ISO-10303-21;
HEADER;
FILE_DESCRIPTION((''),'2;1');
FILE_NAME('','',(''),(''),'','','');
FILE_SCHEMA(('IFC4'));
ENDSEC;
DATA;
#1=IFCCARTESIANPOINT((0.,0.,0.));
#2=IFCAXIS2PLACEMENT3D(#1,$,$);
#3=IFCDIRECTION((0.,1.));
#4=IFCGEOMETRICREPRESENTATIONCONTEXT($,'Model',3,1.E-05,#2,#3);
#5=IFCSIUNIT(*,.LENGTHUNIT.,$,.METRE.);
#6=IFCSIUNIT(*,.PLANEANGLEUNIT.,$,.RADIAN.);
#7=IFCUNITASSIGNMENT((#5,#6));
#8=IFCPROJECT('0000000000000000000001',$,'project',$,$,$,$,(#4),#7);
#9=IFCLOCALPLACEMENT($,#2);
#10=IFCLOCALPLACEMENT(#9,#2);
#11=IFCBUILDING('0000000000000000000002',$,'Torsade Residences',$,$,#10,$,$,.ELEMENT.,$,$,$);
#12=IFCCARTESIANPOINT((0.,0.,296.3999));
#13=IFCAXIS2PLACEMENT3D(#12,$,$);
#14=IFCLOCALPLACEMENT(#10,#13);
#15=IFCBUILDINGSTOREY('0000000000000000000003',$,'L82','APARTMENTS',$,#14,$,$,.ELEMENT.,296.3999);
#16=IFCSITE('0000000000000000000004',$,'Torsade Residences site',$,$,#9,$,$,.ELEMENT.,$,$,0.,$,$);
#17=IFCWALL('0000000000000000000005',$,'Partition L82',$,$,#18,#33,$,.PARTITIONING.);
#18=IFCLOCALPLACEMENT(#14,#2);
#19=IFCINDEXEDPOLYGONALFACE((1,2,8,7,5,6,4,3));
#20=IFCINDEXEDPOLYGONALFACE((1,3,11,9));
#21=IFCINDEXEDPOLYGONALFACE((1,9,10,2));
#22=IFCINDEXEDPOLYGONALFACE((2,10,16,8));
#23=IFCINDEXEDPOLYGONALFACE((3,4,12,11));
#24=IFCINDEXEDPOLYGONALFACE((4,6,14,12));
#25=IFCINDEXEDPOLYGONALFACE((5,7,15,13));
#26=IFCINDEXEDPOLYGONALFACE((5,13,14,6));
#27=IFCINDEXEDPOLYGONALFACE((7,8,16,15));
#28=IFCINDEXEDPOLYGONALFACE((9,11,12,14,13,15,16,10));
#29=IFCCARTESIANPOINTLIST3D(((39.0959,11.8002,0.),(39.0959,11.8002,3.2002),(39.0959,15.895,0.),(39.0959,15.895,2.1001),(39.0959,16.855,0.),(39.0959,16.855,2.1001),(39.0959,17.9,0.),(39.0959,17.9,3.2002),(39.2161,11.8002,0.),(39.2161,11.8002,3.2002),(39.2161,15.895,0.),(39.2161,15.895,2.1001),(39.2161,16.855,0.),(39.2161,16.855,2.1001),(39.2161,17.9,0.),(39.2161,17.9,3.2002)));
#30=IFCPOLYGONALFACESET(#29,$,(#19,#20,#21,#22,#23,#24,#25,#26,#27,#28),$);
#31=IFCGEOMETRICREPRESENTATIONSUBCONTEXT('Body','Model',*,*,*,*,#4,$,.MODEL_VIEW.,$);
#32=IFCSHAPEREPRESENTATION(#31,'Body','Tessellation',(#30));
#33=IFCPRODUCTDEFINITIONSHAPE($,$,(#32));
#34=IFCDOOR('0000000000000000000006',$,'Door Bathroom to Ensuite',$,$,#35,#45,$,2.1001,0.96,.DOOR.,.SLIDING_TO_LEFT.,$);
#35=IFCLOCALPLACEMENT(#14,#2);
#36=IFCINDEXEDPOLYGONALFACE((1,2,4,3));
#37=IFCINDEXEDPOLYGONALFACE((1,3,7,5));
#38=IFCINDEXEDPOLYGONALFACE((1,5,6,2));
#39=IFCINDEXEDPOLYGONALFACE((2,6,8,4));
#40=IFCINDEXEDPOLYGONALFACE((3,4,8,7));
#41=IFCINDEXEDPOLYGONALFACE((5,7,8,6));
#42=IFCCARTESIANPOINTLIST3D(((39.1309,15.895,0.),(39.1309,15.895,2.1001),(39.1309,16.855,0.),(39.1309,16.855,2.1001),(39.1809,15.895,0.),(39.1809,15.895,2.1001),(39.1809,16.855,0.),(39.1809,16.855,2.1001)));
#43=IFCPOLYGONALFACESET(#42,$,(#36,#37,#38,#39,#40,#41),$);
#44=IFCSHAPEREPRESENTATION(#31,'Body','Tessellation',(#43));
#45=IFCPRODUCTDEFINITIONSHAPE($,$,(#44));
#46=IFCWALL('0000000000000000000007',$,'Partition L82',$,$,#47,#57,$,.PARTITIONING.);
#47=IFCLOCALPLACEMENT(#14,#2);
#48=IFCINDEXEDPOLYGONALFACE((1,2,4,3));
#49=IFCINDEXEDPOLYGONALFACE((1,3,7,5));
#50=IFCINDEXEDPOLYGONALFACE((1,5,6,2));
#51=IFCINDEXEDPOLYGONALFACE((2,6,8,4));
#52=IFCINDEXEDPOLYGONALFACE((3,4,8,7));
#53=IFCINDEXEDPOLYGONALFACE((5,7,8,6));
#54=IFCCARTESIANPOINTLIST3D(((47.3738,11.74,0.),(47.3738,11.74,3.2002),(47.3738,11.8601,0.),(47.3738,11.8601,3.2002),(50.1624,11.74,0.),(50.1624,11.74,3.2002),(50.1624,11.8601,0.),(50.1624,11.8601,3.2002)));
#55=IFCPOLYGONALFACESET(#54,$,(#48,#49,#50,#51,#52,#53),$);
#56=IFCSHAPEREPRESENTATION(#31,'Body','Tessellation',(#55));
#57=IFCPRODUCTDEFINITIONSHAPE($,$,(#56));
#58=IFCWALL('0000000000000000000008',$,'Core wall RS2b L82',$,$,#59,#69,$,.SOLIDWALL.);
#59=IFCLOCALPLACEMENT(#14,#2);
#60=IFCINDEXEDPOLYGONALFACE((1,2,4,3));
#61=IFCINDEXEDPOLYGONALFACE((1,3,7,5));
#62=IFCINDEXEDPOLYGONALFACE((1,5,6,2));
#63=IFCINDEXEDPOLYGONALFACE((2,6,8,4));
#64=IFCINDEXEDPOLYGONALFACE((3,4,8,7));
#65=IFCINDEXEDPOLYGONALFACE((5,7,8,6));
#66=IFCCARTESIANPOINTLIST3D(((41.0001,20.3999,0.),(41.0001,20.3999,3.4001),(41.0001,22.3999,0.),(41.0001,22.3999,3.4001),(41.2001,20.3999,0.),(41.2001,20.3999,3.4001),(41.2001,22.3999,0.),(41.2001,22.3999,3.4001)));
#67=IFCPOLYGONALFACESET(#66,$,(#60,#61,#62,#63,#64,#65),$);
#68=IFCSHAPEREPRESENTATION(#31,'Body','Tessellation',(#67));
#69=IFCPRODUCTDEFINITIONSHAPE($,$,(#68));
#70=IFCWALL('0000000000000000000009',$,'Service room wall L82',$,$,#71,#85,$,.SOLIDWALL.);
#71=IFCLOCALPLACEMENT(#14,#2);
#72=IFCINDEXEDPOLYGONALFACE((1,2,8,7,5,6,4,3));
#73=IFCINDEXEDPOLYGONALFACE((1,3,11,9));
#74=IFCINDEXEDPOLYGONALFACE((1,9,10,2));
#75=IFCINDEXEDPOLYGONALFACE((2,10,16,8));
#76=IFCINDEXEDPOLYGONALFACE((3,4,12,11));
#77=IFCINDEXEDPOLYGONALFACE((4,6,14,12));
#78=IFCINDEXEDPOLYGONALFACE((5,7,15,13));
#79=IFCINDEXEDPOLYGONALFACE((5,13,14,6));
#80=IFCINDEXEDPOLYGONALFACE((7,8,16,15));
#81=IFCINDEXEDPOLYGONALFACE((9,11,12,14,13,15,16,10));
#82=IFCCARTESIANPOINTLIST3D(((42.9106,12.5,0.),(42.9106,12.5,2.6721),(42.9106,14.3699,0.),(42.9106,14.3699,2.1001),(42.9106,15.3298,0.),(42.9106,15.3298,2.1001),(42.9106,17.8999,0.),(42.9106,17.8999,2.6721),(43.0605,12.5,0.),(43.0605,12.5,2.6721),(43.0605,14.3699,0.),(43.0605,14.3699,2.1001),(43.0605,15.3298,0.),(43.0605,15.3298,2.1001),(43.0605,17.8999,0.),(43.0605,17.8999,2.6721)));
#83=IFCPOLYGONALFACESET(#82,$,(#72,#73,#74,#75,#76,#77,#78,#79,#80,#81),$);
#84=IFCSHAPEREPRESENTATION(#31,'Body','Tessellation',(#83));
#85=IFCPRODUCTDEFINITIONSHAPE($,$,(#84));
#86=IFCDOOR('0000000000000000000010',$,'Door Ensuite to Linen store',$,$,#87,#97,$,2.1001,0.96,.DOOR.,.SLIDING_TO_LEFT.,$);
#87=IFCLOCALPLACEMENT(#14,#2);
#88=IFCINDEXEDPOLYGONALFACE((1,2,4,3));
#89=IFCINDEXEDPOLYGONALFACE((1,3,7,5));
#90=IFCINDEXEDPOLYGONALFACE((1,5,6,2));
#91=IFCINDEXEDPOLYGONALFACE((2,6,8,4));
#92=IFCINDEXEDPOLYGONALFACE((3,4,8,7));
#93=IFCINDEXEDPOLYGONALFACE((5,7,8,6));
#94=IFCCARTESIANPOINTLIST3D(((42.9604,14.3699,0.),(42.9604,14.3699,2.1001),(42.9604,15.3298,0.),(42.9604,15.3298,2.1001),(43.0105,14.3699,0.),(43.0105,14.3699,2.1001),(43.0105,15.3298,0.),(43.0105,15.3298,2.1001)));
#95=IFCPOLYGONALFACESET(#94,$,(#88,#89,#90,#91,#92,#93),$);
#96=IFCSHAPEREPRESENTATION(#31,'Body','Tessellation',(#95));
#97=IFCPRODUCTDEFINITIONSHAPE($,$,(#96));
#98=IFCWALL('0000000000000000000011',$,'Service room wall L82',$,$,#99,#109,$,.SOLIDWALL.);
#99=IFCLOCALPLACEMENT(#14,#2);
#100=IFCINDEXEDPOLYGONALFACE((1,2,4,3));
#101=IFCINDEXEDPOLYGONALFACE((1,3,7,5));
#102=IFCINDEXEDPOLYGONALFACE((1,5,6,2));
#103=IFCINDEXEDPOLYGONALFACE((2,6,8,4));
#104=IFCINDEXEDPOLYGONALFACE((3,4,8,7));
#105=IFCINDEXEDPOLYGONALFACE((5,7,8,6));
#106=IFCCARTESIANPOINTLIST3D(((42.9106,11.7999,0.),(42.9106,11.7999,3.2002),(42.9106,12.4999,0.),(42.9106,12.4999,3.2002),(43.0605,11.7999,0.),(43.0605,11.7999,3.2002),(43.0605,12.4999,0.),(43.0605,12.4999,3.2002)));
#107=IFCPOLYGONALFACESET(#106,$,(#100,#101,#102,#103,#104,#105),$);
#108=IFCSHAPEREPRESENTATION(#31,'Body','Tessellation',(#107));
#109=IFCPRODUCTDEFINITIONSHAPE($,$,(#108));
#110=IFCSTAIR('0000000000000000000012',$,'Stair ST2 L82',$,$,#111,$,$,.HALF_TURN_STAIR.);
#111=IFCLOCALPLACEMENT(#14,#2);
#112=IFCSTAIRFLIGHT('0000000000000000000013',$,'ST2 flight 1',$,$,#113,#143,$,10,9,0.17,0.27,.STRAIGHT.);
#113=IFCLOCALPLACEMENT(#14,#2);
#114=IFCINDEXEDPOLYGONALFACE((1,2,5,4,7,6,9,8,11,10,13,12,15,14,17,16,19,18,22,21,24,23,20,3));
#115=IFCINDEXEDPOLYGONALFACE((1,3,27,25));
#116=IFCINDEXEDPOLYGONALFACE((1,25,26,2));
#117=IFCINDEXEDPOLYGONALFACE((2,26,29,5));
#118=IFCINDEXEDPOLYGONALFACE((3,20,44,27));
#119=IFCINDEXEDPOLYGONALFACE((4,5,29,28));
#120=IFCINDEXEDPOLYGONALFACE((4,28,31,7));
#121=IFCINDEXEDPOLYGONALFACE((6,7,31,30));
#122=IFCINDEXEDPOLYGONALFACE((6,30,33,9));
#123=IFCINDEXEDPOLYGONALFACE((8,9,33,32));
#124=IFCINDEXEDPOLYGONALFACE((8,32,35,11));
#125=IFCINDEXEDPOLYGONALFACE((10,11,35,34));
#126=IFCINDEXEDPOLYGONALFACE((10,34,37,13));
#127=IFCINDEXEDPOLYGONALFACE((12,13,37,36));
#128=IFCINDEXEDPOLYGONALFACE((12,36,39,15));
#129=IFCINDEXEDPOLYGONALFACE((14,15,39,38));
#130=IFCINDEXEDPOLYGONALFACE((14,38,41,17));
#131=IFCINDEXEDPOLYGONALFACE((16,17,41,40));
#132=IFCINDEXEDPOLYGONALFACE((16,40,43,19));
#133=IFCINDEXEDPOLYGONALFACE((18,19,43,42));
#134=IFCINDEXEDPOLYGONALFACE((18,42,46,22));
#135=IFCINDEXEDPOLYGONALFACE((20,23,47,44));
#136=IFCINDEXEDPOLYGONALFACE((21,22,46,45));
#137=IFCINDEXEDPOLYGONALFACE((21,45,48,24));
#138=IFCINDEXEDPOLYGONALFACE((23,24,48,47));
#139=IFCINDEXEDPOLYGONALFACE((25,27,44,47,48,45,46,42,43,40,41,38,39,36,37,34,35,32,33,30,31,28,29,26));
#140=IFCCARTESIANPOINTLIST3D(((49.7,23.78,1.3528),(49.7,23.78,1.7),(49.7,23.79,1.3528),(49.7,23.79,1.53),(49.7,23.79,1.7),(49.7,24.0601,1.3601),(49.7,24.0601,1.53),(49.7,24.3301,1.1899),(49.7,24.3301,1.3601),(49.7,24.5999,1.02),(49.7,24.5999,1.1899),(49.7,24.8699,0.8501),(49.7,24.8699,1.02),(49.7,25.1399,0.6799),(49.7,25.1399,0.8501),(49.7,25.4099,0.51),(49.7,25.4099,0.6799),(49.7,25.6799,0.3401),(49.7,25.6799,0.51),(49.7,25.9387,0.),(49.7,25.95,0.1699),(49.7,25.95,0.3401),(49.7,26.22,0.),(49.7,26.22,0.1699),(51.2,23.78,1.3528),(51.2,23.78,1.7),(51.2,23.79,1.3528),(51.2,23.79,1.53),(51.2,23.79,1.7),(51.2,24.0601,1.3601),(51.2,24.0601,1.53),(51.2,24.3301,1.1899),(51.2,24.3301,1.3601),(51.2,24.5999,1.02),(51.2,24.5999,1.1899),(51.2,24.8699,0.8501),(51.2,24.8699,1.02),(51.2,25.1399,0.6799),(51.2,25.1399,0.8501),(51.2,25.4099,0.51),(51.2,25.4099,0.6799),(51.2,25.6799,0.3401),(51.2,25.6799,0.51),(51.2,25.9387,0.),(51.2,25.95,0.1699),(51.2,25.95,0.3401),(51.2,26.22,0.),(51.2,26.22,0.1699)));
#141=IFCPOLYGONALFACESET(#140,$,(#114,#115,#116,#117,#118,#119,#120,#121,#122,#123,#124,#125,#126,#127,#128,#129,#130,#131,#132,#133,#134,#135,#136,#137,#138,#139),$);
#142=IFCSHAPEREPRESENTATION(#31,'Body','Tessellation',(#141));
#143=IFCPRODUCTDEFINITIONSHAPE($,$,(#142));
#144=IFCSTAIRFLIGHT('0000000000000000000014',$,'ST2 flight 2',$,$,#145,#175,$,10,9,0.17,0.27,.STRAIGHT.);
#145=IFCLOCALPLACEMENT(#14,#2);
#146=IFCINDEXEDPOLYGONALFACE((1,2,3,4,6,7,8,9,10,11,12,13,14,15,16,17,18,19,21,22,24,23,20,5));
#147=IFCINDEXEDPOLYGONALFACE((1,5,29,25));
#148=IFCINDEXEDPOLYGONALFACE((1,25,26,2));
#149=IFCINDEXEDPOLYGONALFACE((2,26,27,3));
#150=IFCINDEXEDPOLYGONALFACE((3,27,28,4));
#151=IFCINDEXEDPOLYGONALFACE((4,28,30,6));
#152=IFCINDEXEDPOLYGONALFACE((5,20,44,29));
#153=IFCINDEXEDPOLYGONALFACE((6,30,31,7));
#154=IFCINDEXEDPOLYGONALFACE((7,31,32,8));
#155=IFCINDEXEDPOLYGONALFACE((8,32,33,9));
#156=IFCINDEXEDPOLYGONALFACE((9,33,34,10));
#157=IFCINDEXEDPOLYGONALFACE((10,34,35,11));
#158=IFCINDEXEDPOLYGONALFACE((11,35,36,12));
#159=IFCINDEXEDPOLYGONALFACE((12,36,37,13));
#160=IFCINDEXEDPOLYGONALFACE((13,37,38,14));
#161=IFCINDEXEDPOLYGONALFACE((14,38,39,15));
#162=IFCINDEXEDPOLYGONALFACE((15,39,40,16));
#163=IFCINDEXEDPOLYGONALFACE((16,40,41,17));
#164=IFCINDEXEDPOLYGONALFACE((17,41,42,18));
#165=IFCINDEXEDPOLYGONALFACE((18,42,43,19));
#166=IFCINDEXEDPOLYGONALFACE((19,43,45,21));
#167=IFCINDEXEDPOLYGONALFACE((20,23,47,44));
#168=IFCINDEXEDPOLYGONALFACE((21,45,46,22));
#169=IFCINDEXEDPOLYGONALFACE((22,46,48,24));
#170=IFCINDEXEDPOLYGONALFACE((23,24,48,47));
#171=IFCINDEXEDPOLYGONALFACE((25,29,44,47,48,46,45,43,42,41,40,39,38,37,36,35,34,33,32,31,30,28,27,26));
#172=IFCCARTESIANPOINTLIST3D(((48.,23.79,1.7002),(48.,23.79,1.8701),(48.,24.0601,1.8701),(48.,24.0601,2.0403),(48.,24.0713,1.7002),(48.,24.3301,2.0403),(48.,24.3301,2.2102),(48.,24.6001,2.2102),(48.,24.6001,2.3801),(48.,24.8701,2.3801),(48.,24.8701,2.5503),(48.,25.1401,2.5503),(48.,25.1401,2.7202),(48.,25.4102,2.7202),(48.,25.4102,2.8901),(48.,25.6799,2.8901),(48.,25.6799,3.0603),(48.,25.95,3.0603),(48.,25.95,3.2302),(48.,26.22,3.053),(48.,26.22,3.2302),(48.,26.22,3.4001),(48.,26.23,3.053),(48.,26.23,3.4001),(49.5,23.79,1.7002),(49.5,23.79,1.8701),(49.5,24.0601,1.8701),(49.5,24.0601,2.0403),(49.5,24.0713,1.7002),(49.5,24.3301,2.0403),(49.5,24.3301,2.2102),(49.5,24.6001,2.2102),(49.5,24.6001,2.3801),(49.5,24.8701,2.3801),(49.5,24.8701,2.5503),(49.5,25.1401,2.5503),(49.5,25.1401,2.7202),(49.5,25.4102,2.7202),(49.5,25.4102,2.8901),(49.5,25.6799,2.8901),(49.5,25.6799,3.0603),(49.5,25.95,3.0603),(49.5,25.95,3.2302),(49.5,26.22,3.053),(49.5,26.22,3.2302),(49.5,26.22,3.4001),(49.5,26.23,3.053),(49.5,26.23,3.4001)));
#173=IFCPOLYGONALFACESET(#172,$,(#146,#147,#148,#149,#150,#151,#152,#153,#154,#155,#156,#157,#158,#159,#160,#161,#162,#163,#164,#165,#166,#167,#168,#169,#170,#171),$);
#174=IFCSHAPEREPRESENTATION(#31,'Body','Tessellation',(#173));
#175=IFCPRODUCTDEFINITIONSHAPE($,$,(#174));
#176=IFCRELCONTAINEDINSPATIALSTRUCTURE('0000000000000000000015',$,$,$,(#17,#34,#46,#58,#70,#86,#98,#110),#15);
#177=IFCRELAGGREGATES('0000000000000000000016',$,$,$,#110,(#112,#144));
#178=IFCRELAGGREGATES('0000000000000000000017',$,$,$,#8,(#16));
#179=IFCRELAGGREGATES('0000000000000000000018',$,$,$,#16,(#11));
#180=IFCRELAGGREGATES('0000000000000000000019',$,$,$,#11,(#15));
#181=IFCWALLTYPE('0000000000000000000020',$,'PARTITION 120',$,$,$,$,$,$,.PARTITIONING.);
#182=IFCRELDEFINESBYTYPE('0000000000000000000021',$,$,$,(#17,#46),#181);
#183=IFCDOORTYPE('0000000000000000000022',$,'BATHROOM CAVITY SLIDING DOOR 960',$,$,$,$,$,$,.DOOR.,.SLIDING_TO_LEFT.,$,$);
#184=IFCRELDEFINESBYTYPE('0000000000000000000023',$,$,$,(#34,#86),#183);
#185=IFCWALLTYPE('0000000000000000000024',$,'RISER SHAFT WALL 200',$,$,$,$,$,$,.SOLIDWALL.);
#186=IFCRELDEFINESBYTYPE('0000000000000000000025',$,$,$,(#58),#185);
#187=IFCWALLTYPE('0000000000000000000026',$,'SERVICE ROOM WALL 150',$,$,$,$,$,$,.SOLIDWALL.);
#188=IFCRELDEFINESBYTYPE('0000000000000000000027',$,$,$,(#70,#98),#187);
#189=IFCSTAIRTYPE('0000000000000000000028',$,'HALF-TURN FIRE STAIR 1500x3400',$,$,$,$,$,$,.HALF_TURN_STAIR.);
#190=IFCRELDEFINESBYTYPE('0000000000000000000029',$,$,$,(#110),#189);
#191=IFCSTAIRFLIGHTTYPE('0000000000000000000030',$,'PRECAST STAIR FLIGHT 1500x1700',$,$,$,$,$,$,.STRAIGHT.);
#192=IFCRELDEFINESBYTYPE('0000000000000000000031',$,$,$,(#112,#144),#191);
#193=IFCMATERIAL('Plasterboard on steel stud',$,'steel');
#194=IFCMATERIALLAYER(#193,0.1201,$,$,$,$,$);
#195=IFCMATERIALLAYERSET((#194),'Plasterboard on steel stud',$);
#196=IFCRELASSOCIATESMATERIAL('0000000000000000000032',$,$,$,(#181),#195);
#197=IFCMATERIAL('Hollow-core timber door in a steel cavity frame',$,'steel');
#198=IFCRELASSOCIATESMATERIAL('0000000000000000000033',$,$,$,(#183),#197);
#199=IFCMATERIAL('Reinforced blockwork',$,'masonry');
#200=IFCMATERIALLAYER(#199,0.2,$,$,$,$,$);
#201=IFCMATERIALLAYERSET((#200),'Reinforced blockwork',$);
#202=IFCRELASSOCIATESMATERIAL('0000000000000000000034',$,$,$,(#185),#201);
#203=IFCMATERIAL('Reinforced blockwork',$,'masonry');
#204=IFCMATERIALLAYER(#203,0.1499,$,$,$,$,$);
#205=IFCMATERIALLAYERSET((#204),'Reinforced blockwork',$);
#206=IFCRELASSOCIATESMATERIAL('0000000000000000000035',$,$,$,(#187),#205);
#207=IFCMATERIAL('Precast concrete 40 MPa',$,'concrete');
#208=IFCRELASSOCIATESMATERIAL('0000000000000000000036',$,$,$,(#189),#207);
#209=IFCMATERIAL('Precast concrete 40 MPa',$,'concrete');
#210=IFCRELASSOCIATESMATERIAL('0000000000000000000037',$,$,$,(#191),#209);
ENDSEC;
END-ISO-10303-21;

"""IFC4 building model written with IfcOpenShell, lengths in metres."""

from ifc_helpers import new_model, si_unit, direction, frame, frame_2d, origin, place, context, subcontext, project, spatial, polyline, rectangle, outline, extrude, material, layer, layer_set, type_object, element, fill, aggregate, save


model = new_model("IFC4")

# Units and contexts
model_context = context("Model", 3, precision=1e-05, world=origin(), true_north=direction((0.0, 1.0)))
body_context = subcontext(model_context, "Body", "Model", "MODEL_VIEW")
ifc_project = project(units=[si_unit("LENGTHUNIT", "METRE"), si_unit("PLANEANGLEUNIT", "RADIAN")], contexts=[model_context])

# Site, building, storey
site_placement = place(None, origin())
site = spatial("IfcSite", under=ifc_project, at=site_placement, Name="Torsade Residences site", CompositionType="ELEMENT", RefElevation=0.0)
building_placement = place(site_placement, origin())
building = spatial("IfcBuilding", under=site, at=building_placement, Name="Torsade Residences", CompositionType="ELEMENT")
storey_placement = place(building_placement, frame((0.0, 0.0, 296.3999)))
storey = spatial("IfcBuildingStorey", under=building, at=storey_placement, Name="L82", Description="APARTMENTS", CompositionType="ELEMENT", Elevation=296.3999)

# Shared definitions
ifc_material_1 = material(Name="Plasterboard on steel stud", Category="steel")
ifc_layer_1 = layer(ifc_material_1, 0.1201)
ifc_layer_set_1 = layer_set([ifc_layer_1], Name="Plasterboard on steel stud")
wall_type_1 = type_object("IfcWallType", Name="PARTITION 120", PredefinedType="PARTITIONING", material=ifc_layer_set_1)

# Wall, opening, door
wall_1_placement = place(storey_placement, frame((39.156, 17.8999, 0.0), z_axis=(0.0, 0.0, 1.0), x_axis=(0.0, -1.0, 0.0)))
wall_1 = element("IfcWall", 1, at=wall_1_placement, inside=storey, type_object=wall_type_1, Name="Partition L82", PredefinedType="PARTITIONING", context=body_context, shape_type="SweptSolid", body=[
    extrude(rectangle(XDim=6.0999, YDim=0.1201, at=frame_2d((3.0498, 0.0))), origin(), (0.0, 0.0, 1.0), 3.2002),
])
opening_1_placement = place(wall_1_placement, frame((1.0449, 0.0, 0.0)))
opening_1 = element("IfcOpeningElement", 2, at=opening_1_placement, cuts=wall_1, PredefinedType="OPENING", context=body_context, shape_type="SweptSolid", body=[
    extrude(rectangle(XDim=0.96, YDim=2.1001, at=frame_2d((0.48, 1.05))), frame((0.0, 0.0701, 0.0), z_axis=(0.0, -1.0, 0.0), x_axis=(1.0, 0.0, 0.0)), (0.0, 0.0, 1.0), 0.1401),
])
ifc_material_2 = material(Name="Hollow-core timber door in a steel cavity frame", Category="steel")
door_type = type_object("IfcDoorType", Name="BATHROOM CAVITY SLIDING DOOR 960", OperationType="SLIDING_TO_LEFT", PredefinedType="DOOR", material=ifc_material_2)
door_1_placement = place(opening_1_placement, origin())
door_1 = element("IfcDoor", 3, at=door_1_placement, inside=storey, type_object=door_type, Name="Door Bathroom to Ensuite", OperationType="SLIDING_TO_LEFT", OverallHeight=2.1001, OverallWidth=0.96, PredefinedType="DOOR", context=body_context, shape_type="SweptSolid", body=[
    extrude(rectangle(XDim=0.96, YDim=2.1001, at=frame_2d((0.48, 1.05))), frame((0.0, 0.0249, 0.0), z_axis=(0.0, -1.0, 0.0), x_axis=(1.0, 0.0, 0.0)), (0.0, 0.0, 1.0), 0.05),
])
fill(opening_1, door_1)

# Walls
wall_2_placement = place(storey_placement, frame((50.1624, 11.8, 0.0), z_axis=(0.0, 0.0, 1.0), x_axis=(-1.0, 0.0, 0.0)))
element("IfcWall", 4, at=wall_2_placement, inside=storey, type_object=wall_type_1, Name="Partition L82", PredefinedType="PARTITIONING", context=body_context, shape_type="SweptSolid", body=[
    extrude(rectangle(XDim=2.7886, YDim=0.1201, at=frame_2d((1.3943, 0.0))), origin(), (0.0, 0.0, 1.0), 3.2002),
])
ifc_material_3 = material(Name="Reinforced blockwork", Category="masonry")
ifc_layer_2 = layer(ifc_material_3, 0.2)
ifc_layer_set_2 = layer_set([ifc_layer_2], Name="Reinforced blockwork")
wall_type_2 = type_object("IfcWallType", Name="RISER SHAFT WALL 200", PredefinedType="SOLIDWALL", material=ifc_layer_set_2)
wall_3_placement = place(storey_placement, frame((41.1001, 22.3999, 0.0), z_axis=(0.0, 0.0, 1.0), x_axis=(0.0, -1.0, 0.0)))
element("IfcWall", 5, at=wall_3_placement, inside=storey, type_object=wall_type_2, Name="Core wall RS2b L82", PredefinedType="SOLIDWALL", context=body_context, shape_type="SweptSolid", body=[
    extrude(rectangle(XDim=2.0, YDim=0.2, at=frame_2d((1.0, 0.0))), origin(), (0.0, 0.0, 1.0), 3.4001),
])

# Wall, opening, door
ifc_material_4 = material(Name="Reinforced blockwork", Category="masonry")
ifc_layer_3 = layer(ifc_material_4, 0.1499)
ifc_layer_set_3 = layer_set([ifc_layer_3], Name="Reinforced blockwork")
wall_type_3 = type_object("IfcWallType", Name="SERVICE ROOM WALL 150", PredefinedType="SOLIDWALL", material=ifc_layer_set_3)
wall_4_placement = place(storey_placement, frame((42.9856, 17.8999, 0.0), z_axis=(0.0, 0.0, 1.0), x_axis=(0.0, -1.0, 0.0)))
wall_4 = element("IfcWall", 6, at=wall_4_placement, inside=storey, type_object=wall_type_3, Name="Service room wall L82", PredefinedType="SOLIDWALL", context=body_context, shape_type="SweptSolid", body=[
    extrude(rectangle(XDim=5.3999, YDim=0.1499, at=frame_2d((2.7, 0.0))), origin(), (0.0, 0.0, 1.0), 2.6721),
])
opening_2_placement = place(wall_4_placement, frame((2.5701, 0.0, 0.0)))
opening_2 = element("IfcOpeningElement", 7, at=opening_2_placement, cuts=wall_4, PredefinedType="OPENING", context=body_context, shape_type="SweptSolid", body=[
    extrude(rectangle(XDim=0.96, YDim=2.1001, at=frame_2d((0.48, 1.05))), frame((0.0, 0.085, 0.0), z_axis=(0.0, -1.0, 0.0), x_axis=(1.0, 0.0, 0.0)), (0.0, 0.0, 1.0), 0.1699),
])
door_2_placement = place(opening_2_placement, origin())
door_2 = element("IfcDoor", 8, at=door_2_placement, inside=storey, type_object=door_type, Name="Door Ensuite to Linen store", OperationType="SLIDING_TO_LEFT", OverallHeight=2.1001, OverallWidth=0.96, PredefinedType="DOOR", context=body_context, shape_type="SweptSolid", body=[
    extrude(rectangle(XDim=0.96, YDim=2.1001, at=frame_2d((0.48, 1.05))), frame((0.0, 0.0249, 0.0), z_axis=(0.0, -1.0, 0.0), x_axis=(1.0, 0.0, 0.0)), (0.0, 0.0, 1.0), 0.05),
])
fill(opening_2, door_2)

# Wall
wall_5_placement = place(storey_placement, frame((42.9856, 12.5, 0.0), z_axis=(0.0, 0.0, 1.0), x_axis=(0.0, -1.0, 0.0)))
element("IfcWall", 9, at=wall_5_placement, inside=storey, type_object=wall_type_3, Name="Service room wall L82", PredefinedType="SOLIDWALL", context=body_context, shape_type="SweptSolid", body=[
    extrude(rectangle(XDim=0.7, YDim=0.1499, at=frame_2d((0.3501, 0.0))), origin(), (0.0, 0.0, 1.0), 3.2002),
])

# Stair, stair flights
ifc_material_5 = material(Name="Precast concrete 40 MPa", Category="concrete")
stair_type = type_object("IfcStairType", Name="HALF-TURN FIRE STAIR 1500x3400", PredefinedType="HALF_TURN_STAIR", material=ifc_material_5)
stair_placement = place(storey_placement, origin())
stair = element("IfcStair", 10, at=stair_placement, inside=storey, type_object=stair_type, Name="Stair ST2 L82", PredefinedType="HALF_TURN_STAIR")
ifc_material_6 = material(Name="Precast concrete 40 MPa", Category="concrete")
stair_flight_type = type_object("IfcStairFlightType", Name="PRECAST STAIR FLIGHT 1500x1700", PredefinedType="STRAIGHT", material=ifc_material_6)
stair_flight_1_placement = place(storey_placement, frame((50.45, 26.22, 0.0), z_axis=(0.0, 0.0, 1.0), x_axis=(0.0, -1.0, 0.0)))
stair_flight_1 = element("IfcStairFlight", 11, at=stair_flight_1_placement, type_object=stair_flight_type, Name="ST2 flight 1", NumberOfRisers=10, NumberOfTreads=9, PredefinedType="STRAIGHT", RiserHeight=0.17, TreadLength=0.27, context=body_context, shape_type="SweptSolid", body=[
    extrude(outline(polyline([(0.0, 0.0), (0.0, 0.1699), (0.27, 0.1699), (0.27, 0.3401), (0.54, 0.3401), (0.54, 0.51), (0.8101, 0.51), (0.8101, 0.6799), (1.0801, 0.6799), (1.0801, 0.8501), (1.3501, 0.8501), (1.3501, 1.02), (1.6201, 1.02), (1.6201, 1.1899), (1.8899, 1.1899), (1.8899, 1.3601), (2.1599, 1.3601), (2.1599, 1.53), (2.4299, 1.53), (2.4299, 1.7), (2.4399, 1.7), (2.4399, 1.3528), (2.4299, 1.3528), (0.2812, 0.0), (0.0, 0.0)])), frame((0.0, 0.75, 0.0), z_axis=(0.0, -1.0, 0.0), x_axis=(1.0, 0.0, 0.0)), (0.0, 0.0, 1.0), 1.5),
])
stair_flight_2_placement = place(storey_placement, frame((48.75, 23.79, 1.7002), z_axis=(0.0, 0.0, 1.0), x_axis=(0.0, 1.0, 0.0)))
stair_flight_2 = element("IfcStairFlight", 12, at=stair_flight_2_placement, type_object=stair_flight_type, Name="ST2 flight 2", NumberOfRisers=10, NumberOfTreads=9, PredefinedType="STRAIGHT", RiserHeight=0.17, TreadLength=0.27, context=body_context, shape_type="SweptSolid", body=[
    extrude(outline(polyline([(0.0, 0.0), (0.0, 0.1699), (0.27, 0.1699), (0.27, 0.3401), (0.54, 0.3401), (0.54, 0.51), (0.8101, 0.51), (0.8101, 0.6799), (1.0801, 0.6799), (1.0801, 0.8501), (1.3501, 0.8501), (1.3501, 1.02), (1.6201, 1.02), (1.6201, 1.1899), (1.8899, 1.1899), (1.8899, 1.3601), (2.1599, 1.3601), (2.1599, 1.53), (2.4299, 1.53), (2.4299, 1.7), (2.4399, 1.7), (2.4399, 1.3528), (2.4299, 1.3528), (0.2812, 0.0), (0.0, 0.0)])), frame((0.0, 0.75, 0.0), z_axis=(0.0, -1.0, 0.0), x_axis=(1.0, 0.0, 0.0)), (0.0, 0.0, 1.0), 1.5),
])
aggregate(stair, [stair_flight_1, stair_flight_2])

save(model, "model.ifc")
